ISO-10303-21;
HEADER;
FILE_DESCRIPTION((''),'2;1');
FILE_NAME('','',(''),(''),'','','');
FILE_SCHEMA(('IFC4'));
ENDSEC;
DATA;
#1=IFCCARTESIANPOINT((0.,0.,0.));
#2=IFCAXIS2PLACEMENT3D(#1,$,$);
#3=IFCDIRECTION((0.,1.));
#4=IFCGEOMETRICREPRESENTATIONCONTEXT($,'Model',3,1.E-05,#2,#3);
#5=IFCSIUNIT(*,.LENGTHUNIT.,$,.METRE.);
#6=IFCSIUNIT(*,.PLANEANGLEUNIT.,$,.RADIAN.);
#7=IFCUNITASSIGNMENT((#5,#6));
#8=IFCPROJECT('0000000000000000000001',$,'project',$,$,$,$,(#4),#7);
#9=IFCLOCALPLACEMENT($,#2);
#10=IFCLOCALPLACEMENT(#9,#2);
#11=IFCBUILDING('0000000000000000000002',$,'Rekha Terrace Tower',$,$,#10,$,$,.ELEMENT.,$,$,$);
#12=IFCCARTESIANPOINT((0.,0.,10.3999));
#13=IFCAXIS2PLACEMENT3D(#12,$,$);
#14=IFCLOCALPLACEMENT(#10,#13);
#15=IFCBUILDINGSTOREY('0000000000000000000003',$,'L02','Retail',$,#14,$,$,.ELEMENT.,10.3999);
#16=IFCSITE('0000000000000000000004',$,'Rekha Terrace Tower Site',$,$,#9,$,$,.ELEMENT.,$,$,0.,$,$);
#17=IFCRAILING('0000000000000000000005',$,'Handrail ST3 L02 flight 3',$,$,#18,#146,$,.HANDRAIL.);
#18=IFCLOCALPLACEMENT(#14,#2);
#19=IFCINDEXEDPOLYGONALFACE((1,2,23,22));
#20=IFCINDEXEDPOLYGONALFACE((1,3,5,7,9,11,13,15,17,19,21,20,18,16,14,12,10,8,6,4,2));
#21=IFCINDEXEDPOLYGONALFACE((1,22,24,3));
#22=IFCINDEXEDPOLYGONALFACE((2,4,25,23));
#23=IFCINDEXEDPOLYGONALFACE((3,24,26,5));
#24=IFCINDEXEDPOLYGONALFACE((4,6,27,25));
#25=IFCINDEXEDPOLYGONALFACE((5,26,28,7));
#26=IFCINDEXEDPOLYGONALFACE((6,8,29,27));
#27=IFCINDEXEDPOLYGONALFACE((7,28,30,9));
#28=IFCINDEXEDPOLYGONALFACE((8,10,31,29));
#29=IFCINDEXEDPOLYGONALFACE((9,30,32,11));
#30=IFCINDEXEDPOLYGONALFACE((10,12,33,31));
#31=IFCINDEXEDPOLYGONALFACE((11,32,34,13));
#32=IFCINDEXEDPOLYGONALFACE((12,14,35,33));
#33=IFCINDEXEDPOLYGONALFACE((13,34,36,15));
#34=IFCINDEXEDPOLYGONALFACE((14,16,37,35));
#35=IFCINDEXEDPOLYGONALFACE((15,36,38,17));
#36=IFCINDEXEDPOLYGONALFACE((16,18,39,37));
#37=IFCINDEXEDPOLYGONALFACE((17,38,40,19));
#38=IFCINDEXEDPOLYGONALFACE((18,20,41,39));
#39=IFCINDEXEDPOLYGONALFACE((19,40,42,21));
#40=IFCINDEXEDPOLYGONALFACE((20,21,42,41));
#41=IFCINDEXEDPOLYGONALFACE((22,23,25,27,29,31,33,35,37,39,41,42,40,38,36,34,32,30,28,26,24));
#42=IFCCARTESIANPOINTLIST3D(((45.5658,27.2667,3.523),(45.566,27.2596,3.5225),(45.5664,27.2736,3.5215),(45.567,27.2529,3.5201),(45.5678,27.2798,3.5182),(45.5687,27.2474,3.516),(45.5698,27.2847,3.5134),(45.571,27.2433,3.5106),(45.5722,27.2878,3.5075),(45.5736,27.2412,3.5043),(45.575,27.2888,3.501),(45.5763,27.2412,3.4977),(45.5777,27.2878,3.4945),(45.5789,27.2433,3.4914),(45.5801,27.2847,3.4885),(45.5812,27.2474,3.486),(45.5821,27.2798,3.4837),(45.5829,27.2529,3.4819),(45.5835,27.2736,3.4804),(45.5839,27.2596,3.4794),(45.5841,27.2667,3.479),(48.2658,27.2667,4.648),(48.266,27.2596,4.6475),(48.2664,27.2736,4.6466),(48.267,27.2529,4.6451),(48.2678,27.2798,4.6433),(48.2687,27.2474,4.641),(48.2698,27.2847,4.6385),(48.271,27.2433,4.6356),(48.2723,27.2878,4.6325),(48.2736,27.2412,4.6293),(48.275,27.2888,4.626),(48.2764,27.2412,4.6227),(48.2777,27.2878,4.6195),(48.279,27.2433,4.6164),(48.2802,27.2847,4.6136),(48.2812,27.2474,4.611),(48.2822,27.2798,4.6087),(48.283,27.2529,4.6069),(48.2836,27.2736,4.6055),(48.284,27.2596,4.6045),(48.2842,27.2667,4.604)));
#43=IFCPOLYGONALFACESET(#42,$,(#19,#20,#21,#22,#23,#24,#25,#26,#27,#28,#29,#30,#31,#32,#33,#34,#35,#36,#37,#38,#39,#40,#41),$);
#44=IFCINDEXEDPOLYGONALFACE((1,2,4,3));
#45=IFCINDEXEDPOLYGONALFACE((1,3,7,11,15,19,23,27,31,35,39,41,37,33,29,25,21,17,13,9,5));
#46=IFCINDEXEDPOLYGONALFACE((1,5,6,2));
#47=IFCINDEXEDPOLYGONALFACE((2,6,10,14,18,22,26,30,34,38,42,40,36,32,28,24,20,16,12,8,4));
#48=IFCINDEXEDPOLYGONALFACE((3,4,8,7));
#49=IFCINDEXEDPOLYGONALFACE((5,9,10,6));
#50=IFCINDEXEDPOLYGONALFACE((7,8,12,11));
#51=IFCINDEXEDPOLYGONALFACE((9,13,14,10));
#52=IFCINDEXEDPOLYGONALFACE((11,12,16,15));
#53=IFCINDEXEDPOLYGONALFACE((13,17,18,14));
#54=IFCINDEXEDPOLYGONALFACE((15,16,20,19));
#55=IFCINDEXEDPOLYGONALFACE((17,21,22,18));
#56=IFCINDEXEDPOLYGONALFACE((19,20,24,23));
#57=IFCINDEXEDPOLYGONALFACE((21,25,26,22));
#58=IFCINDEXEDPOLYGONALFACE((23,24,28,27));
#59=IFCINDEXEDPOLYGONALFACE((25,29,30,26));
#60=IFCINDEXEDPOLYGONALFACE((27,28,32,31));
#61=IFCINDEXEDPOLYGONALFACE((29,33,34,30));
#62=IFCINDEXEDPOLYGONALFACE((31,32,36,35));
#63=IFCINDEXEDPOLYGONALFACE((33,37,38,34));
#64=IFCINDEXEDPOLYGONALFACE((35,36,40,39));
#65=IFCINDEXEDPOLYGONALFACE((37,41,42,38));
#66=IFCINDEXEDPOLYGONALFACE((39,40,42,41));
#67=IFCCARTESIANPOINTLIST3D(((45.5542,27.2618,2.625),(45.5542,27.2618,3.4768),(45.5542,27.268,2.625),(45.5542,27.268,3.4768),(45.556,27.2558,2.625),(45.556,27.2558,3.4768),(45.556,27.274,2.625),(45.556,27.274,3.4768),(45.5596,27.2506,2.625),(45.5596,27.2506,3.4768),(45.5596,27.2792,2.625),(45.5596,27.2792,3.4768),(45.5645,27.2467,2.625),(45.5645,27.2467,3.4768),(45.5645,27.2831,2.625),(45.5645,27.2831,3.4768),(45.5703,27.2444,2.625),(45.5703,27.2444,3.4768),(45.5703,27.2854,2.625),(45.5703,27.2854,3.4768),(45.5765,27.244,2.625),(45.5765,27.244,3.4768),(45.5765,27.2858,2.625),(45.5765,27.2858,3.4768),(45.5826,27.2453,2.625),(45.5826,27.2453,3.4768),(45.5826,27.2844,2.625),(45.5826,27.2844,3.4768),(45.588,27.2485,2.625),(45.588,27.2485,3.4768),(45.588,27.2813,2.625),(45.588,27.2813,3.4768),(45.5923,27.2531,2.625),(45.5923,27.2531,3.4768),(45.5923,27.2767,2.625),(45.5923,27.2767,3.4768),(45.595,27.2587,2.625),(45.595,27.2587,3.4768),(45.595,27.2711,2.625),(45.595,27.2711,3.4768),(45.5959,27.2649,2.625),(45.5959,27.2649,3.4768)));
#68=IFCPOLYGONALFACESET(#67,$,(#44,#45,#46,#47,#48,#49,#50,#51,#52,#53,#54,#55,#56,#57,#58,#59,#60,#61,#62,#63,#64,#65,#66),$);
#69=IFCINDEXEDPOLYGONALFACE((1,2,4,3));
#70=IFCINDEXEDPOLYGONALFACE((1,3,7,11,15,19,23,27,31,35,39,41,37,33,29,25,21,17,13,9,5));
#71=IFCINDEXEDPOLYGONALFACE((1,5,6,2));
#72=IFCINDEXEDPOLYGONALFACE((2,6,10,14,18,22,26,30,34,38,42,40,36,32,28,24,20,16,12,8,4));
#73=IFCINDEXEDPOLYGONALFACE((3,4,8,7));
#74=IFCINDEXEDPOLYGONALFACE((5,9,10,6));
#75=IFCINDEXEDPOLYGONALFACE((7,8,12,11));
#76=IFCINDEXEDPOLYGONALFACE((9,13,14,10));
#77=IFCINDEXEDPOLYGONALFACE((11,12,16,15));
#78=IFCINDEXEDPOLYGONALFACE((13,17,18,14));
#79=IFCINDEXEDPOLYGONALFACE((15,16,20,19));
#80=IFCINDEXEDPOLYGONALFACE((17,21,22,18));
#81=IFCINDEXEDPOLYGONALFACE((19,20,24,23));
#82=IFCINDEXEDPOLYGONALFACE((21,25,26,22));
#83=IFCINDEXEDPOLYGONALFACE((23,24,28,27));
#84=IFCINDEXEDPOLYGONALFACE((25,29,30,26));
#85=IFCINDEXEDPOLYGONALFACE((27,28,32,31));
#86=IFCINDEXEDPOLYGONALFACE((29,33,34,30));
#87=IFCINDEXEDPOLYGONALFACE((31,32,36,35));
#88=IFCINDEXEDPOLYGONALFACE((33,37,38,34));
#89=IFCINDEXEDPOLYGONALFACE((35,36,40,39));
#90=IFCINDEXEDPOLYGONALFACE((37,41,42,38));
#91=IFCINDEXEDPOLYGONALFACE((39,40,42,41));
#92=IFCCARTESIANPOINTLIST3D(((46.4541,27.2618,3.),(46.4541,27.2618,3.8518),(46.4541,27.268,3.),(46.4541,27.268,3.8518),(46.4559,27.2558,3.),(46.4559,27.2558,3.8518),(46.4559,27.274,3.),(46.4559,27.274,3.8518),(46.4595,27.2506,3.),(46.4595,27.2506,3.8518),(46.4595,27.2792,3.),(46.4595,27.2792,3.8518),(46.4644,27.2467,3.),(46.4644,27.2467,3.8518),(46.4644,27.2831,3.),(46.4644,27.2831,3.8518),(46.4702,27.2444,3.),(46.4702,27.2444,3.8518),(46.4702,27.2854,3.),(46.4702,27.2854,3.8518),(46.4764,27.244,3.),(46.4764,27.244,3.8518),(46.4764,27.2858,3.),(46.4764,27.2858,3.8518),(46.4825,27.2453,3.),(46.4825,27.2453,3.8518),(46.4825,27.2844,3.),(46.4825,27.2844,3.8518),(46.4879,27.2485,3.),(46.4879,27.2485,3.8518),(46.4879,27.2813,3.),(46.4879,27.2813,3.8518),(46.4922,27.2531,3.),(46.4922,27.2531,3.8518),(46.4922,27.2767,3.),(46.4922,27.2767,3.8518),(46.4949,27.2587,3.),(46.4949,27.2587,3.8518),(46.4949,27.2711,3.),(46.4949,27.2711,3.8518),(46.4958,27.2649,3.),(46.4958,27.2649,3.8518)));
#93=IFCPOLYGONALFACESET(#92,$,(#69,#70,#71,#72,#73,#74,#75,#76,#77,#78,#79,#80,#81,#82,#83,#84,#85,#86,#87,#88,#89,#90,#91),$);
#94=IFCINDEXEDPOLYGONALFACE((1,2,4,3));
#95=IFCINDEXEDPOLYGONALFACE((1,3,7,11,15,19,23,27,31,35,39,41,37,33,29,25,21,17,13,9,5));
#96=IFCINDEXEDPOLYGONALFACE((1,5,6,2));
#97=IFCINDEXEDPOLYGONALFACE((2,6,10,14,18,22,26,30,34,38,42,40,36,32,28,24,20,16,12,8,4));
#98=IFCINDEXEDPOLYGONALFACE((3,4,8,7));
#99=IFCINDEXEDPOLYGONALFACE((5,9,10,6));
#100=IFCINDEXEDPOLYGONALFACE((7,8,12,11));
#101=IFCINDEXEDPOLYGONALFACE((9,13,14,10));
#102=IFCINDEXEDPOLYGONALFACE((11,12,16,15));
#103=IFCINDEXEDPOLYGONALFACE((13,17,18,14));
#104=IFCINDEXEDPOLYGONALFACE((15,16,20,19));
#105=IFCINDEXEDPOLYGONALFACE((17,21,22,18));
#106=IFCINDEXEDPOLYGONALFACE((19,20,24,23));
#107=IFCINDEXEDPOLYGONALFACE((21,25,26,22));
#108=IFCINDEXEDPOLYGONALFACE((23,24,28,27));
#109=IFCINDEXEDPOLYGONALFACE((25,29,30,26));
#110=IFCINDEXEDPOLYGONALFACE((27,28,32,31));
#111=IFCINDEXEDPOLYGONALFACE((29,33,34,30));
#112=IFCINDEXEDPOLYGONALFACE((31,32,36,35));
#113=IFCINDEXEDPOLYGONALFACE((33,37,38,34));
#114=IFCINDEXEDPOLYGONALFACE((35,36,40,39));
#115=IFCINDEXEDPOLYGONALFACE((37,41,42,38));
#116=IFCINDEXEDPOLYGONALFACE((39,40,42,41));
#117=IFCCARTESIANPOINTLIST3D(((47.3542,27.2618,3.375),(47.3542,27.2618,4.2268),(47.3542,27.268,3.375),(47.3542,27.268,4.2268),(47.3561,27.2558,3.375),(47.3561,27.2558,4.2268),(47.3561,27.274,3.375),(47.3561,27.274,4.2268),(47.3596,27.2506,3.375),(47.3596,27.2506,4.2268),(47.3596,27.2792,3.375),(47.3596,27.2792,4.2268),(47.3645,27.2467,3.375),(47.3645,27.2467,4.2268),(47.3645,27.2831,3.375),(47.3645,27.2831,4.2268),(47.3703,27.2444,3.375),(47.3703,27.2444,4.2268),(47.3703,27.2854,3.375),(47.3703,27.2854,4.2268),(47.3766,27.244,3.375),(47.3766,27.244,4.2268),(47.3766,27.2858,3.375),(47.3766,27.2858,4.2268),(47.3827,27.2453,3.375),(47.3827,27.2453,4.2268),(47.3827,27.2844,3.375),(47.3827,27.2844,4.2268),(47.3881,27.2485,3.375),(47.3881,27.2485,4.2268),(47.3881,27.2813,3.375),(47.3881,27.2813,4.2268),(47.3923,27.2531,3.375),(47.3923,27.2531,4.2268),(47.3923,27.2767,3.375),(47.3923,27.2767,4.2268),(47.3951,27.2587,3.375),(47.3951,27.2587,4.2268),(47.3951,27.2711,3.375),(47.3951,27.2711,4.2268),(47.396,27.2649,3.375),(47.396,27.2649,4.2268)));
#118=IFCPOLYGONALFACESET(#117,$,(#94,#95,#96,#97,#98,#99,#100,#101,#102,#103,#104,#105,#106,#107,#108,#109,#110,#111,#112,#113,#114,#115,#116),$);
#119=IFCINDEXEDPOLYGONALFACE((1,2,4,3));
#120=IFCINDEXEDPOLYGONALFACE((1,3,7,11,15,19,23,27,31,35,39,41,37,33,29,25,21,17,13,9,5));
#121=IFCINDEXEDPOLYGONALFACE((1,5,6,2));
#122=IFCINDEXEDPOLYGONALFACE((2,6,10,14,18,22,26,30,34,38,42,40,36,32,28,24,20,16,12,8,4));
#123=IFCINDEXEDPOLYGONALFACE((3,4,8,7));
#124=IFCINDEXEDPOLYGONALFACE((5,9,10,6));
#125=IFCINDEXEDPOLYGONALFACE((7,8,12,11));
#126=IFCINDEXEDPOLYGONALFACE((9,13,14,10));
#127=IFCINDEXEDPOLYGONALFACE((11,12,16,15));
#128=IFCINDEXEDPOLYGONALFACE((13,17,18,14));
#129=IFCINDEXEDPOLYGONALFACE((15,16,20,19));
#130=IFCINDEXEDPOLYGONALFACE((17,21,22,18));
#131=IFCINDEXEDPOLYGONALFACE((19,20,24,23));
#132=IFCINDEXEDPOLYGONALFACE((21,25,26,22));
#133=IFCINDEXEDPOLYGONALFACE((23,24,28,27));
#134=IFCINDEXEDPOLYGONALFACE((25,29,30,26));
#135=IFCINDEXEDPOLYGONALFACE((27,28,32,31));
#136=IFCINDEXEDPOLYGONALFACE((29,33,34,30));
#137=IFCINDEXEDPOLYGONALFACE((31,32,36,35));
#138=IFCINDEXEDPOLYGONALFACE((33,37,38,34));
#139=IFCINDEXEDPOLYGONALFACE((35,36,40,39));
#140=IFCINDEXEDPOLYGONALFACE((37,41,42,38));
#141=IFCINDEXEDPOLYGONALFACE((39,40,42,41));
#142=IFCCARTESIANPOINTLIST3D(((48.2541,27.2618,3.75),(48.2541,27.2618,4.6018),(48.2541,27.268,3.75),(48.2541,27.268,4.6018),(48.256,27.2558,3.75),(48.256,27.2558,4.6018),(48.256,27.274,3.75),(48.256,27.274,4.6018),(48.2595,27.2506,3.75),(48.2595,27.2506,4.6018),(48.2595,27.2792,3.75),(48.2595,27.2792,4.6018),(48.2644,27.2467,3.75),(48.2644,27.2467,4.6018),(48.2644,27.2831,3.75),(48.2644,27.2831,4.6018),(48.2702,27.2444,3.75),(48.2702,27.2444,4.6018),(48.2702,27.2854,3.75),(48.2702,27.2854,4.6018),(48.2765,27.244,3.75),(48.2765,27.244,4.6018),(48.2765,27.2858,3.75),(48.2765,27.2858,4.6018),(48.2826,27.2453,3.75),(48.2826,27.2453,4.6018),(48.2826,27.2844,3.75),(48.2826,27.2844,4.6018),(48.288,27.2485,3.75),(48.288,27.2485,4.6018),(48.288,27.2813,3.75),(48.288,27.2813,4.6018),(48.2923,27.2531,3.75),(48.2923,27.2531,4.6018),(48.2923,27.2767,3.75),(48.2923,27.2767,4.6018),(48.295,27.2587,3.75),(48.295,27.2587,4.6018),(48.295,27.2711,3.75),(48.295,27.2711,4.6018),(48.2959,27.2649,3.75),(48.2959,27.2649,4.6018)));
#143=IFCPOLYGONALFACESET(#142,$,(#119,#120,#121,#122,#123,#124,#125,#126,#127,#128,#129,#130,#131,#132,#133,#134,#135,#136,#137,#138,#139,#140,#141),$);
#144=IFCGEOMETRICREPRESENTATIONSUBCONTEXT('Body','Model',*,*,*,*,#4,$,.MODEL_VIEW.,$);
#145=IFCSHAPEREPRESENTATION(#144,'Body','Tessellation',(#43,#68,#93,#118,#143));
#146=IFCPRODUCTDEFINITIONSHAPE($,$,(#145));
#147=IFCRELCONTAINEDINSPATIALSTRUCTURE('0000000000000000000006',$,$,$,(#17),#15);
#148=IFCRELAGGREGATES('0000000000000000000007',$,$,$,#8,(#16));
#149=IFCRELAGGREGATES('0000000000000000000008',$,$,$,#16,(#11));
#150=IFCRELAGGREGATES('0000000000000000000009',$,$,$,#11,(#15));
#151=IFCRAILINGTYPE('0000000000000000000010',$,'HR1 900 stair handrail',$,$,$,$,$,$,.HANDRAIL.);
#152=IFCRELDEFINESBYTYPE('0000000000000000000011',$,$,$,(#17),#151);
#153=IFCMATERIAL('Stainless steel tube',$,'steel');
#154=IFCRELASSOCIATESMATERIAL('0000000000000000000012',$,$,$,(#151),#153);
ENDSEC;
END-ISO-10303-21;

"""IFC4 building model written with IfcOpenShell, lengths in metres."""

from ifc_helpers import new_model, si_unit, direction, frame, origin, origin_2d, place, context, subcontext, project, spatial, circle, extrude, material, type_object, element, save


model = new_model("IFC4")

# Units and contexts
model_context = context("Model", 3, precision=1e-05, world=origin(), true_north=direction((0.0, 1.0)))
body_context = subcontext(model_context, "Body", "Model", "MODEL_VIEW")
ifc_project = project(units=[si_unit("LENGTHUNIT", "METRE"), si_unit("PLANEANGLEUNIT", "RADIAN")], contexts=[model_context])

# Site, building, storey
site_placement = place(None, origin())
site = spatial("IfcSite", under=ifc_project, at=site_placement, Name="Rekha Terrace Tower Site", CompositionType="ELEMENT", RefElevation=0.0)
building_placement = place(site_placement, origin())
building = spatial("IfcBuilding", under=site, at=building_placement, Name="Rekha Terrace Tower", CompositionType="ELEMENT")
storey_placement = place(building_placement, frame((0.0, 0.0, 10.3999)))
storey = spatial("IfcBuildingStorey", under=building, at=storey_placement, Name="L02", Description="Retail", CompositionType="ELEMENT", Elevation=10.3999)

# Railing
ifc_material_1 = material(Name="Stainless steel tube", Category="steel")
railing_type_1 = type_object("IfcRailingType", Name="HR1 900 stair handrail", PredefinedType="HANDRAIL", material=ifc_material_1)
railing_1_placement = place(storey_placement, frame((45.575, 27.2649, 2.625)))
element("IfcRailing", 1, at=railing_1_placement, inside=storey, type_object=railing_type_1, Name="Handrail ST3 L02 flight 3", PredefinedType="HANDRAIL", context=body_context, shape_type="SweptSolid", body=[
    extrude(circle(Radius=0.0239, at=origin_2d()), frame((0.0, 0.0, 0.876), z_axis=(0.923074, 0.0, 0.384621), x_axis=(0.0, 1.0, 0.0)), (0.0, 0.0, 1.0), 2.925),
    extrude(circle(Radius=0.021, at=origin_2d()), origin(), (0.0, 0.0, 1.0), 0.8518),
    extrude(circle(Radius=0.021, at=origin_2d()), frame((0.8999, 0.0, 0.375)), (0.0, 0.0, 1.0), 0.8518),
    extrude(circle(Radius=0.021, at=origin_2d()), frame((1.8, 0.0, 0.75)), (0.0, 0.0, 1.0), 0.8518),
    extrude(circle(Radius=0.021, at=origin_2d()), frame((2.7, 0.0, 1.125)), (0.0, 0.0, 1.0), 0.8518),
])

save(model, "model.ifc")
